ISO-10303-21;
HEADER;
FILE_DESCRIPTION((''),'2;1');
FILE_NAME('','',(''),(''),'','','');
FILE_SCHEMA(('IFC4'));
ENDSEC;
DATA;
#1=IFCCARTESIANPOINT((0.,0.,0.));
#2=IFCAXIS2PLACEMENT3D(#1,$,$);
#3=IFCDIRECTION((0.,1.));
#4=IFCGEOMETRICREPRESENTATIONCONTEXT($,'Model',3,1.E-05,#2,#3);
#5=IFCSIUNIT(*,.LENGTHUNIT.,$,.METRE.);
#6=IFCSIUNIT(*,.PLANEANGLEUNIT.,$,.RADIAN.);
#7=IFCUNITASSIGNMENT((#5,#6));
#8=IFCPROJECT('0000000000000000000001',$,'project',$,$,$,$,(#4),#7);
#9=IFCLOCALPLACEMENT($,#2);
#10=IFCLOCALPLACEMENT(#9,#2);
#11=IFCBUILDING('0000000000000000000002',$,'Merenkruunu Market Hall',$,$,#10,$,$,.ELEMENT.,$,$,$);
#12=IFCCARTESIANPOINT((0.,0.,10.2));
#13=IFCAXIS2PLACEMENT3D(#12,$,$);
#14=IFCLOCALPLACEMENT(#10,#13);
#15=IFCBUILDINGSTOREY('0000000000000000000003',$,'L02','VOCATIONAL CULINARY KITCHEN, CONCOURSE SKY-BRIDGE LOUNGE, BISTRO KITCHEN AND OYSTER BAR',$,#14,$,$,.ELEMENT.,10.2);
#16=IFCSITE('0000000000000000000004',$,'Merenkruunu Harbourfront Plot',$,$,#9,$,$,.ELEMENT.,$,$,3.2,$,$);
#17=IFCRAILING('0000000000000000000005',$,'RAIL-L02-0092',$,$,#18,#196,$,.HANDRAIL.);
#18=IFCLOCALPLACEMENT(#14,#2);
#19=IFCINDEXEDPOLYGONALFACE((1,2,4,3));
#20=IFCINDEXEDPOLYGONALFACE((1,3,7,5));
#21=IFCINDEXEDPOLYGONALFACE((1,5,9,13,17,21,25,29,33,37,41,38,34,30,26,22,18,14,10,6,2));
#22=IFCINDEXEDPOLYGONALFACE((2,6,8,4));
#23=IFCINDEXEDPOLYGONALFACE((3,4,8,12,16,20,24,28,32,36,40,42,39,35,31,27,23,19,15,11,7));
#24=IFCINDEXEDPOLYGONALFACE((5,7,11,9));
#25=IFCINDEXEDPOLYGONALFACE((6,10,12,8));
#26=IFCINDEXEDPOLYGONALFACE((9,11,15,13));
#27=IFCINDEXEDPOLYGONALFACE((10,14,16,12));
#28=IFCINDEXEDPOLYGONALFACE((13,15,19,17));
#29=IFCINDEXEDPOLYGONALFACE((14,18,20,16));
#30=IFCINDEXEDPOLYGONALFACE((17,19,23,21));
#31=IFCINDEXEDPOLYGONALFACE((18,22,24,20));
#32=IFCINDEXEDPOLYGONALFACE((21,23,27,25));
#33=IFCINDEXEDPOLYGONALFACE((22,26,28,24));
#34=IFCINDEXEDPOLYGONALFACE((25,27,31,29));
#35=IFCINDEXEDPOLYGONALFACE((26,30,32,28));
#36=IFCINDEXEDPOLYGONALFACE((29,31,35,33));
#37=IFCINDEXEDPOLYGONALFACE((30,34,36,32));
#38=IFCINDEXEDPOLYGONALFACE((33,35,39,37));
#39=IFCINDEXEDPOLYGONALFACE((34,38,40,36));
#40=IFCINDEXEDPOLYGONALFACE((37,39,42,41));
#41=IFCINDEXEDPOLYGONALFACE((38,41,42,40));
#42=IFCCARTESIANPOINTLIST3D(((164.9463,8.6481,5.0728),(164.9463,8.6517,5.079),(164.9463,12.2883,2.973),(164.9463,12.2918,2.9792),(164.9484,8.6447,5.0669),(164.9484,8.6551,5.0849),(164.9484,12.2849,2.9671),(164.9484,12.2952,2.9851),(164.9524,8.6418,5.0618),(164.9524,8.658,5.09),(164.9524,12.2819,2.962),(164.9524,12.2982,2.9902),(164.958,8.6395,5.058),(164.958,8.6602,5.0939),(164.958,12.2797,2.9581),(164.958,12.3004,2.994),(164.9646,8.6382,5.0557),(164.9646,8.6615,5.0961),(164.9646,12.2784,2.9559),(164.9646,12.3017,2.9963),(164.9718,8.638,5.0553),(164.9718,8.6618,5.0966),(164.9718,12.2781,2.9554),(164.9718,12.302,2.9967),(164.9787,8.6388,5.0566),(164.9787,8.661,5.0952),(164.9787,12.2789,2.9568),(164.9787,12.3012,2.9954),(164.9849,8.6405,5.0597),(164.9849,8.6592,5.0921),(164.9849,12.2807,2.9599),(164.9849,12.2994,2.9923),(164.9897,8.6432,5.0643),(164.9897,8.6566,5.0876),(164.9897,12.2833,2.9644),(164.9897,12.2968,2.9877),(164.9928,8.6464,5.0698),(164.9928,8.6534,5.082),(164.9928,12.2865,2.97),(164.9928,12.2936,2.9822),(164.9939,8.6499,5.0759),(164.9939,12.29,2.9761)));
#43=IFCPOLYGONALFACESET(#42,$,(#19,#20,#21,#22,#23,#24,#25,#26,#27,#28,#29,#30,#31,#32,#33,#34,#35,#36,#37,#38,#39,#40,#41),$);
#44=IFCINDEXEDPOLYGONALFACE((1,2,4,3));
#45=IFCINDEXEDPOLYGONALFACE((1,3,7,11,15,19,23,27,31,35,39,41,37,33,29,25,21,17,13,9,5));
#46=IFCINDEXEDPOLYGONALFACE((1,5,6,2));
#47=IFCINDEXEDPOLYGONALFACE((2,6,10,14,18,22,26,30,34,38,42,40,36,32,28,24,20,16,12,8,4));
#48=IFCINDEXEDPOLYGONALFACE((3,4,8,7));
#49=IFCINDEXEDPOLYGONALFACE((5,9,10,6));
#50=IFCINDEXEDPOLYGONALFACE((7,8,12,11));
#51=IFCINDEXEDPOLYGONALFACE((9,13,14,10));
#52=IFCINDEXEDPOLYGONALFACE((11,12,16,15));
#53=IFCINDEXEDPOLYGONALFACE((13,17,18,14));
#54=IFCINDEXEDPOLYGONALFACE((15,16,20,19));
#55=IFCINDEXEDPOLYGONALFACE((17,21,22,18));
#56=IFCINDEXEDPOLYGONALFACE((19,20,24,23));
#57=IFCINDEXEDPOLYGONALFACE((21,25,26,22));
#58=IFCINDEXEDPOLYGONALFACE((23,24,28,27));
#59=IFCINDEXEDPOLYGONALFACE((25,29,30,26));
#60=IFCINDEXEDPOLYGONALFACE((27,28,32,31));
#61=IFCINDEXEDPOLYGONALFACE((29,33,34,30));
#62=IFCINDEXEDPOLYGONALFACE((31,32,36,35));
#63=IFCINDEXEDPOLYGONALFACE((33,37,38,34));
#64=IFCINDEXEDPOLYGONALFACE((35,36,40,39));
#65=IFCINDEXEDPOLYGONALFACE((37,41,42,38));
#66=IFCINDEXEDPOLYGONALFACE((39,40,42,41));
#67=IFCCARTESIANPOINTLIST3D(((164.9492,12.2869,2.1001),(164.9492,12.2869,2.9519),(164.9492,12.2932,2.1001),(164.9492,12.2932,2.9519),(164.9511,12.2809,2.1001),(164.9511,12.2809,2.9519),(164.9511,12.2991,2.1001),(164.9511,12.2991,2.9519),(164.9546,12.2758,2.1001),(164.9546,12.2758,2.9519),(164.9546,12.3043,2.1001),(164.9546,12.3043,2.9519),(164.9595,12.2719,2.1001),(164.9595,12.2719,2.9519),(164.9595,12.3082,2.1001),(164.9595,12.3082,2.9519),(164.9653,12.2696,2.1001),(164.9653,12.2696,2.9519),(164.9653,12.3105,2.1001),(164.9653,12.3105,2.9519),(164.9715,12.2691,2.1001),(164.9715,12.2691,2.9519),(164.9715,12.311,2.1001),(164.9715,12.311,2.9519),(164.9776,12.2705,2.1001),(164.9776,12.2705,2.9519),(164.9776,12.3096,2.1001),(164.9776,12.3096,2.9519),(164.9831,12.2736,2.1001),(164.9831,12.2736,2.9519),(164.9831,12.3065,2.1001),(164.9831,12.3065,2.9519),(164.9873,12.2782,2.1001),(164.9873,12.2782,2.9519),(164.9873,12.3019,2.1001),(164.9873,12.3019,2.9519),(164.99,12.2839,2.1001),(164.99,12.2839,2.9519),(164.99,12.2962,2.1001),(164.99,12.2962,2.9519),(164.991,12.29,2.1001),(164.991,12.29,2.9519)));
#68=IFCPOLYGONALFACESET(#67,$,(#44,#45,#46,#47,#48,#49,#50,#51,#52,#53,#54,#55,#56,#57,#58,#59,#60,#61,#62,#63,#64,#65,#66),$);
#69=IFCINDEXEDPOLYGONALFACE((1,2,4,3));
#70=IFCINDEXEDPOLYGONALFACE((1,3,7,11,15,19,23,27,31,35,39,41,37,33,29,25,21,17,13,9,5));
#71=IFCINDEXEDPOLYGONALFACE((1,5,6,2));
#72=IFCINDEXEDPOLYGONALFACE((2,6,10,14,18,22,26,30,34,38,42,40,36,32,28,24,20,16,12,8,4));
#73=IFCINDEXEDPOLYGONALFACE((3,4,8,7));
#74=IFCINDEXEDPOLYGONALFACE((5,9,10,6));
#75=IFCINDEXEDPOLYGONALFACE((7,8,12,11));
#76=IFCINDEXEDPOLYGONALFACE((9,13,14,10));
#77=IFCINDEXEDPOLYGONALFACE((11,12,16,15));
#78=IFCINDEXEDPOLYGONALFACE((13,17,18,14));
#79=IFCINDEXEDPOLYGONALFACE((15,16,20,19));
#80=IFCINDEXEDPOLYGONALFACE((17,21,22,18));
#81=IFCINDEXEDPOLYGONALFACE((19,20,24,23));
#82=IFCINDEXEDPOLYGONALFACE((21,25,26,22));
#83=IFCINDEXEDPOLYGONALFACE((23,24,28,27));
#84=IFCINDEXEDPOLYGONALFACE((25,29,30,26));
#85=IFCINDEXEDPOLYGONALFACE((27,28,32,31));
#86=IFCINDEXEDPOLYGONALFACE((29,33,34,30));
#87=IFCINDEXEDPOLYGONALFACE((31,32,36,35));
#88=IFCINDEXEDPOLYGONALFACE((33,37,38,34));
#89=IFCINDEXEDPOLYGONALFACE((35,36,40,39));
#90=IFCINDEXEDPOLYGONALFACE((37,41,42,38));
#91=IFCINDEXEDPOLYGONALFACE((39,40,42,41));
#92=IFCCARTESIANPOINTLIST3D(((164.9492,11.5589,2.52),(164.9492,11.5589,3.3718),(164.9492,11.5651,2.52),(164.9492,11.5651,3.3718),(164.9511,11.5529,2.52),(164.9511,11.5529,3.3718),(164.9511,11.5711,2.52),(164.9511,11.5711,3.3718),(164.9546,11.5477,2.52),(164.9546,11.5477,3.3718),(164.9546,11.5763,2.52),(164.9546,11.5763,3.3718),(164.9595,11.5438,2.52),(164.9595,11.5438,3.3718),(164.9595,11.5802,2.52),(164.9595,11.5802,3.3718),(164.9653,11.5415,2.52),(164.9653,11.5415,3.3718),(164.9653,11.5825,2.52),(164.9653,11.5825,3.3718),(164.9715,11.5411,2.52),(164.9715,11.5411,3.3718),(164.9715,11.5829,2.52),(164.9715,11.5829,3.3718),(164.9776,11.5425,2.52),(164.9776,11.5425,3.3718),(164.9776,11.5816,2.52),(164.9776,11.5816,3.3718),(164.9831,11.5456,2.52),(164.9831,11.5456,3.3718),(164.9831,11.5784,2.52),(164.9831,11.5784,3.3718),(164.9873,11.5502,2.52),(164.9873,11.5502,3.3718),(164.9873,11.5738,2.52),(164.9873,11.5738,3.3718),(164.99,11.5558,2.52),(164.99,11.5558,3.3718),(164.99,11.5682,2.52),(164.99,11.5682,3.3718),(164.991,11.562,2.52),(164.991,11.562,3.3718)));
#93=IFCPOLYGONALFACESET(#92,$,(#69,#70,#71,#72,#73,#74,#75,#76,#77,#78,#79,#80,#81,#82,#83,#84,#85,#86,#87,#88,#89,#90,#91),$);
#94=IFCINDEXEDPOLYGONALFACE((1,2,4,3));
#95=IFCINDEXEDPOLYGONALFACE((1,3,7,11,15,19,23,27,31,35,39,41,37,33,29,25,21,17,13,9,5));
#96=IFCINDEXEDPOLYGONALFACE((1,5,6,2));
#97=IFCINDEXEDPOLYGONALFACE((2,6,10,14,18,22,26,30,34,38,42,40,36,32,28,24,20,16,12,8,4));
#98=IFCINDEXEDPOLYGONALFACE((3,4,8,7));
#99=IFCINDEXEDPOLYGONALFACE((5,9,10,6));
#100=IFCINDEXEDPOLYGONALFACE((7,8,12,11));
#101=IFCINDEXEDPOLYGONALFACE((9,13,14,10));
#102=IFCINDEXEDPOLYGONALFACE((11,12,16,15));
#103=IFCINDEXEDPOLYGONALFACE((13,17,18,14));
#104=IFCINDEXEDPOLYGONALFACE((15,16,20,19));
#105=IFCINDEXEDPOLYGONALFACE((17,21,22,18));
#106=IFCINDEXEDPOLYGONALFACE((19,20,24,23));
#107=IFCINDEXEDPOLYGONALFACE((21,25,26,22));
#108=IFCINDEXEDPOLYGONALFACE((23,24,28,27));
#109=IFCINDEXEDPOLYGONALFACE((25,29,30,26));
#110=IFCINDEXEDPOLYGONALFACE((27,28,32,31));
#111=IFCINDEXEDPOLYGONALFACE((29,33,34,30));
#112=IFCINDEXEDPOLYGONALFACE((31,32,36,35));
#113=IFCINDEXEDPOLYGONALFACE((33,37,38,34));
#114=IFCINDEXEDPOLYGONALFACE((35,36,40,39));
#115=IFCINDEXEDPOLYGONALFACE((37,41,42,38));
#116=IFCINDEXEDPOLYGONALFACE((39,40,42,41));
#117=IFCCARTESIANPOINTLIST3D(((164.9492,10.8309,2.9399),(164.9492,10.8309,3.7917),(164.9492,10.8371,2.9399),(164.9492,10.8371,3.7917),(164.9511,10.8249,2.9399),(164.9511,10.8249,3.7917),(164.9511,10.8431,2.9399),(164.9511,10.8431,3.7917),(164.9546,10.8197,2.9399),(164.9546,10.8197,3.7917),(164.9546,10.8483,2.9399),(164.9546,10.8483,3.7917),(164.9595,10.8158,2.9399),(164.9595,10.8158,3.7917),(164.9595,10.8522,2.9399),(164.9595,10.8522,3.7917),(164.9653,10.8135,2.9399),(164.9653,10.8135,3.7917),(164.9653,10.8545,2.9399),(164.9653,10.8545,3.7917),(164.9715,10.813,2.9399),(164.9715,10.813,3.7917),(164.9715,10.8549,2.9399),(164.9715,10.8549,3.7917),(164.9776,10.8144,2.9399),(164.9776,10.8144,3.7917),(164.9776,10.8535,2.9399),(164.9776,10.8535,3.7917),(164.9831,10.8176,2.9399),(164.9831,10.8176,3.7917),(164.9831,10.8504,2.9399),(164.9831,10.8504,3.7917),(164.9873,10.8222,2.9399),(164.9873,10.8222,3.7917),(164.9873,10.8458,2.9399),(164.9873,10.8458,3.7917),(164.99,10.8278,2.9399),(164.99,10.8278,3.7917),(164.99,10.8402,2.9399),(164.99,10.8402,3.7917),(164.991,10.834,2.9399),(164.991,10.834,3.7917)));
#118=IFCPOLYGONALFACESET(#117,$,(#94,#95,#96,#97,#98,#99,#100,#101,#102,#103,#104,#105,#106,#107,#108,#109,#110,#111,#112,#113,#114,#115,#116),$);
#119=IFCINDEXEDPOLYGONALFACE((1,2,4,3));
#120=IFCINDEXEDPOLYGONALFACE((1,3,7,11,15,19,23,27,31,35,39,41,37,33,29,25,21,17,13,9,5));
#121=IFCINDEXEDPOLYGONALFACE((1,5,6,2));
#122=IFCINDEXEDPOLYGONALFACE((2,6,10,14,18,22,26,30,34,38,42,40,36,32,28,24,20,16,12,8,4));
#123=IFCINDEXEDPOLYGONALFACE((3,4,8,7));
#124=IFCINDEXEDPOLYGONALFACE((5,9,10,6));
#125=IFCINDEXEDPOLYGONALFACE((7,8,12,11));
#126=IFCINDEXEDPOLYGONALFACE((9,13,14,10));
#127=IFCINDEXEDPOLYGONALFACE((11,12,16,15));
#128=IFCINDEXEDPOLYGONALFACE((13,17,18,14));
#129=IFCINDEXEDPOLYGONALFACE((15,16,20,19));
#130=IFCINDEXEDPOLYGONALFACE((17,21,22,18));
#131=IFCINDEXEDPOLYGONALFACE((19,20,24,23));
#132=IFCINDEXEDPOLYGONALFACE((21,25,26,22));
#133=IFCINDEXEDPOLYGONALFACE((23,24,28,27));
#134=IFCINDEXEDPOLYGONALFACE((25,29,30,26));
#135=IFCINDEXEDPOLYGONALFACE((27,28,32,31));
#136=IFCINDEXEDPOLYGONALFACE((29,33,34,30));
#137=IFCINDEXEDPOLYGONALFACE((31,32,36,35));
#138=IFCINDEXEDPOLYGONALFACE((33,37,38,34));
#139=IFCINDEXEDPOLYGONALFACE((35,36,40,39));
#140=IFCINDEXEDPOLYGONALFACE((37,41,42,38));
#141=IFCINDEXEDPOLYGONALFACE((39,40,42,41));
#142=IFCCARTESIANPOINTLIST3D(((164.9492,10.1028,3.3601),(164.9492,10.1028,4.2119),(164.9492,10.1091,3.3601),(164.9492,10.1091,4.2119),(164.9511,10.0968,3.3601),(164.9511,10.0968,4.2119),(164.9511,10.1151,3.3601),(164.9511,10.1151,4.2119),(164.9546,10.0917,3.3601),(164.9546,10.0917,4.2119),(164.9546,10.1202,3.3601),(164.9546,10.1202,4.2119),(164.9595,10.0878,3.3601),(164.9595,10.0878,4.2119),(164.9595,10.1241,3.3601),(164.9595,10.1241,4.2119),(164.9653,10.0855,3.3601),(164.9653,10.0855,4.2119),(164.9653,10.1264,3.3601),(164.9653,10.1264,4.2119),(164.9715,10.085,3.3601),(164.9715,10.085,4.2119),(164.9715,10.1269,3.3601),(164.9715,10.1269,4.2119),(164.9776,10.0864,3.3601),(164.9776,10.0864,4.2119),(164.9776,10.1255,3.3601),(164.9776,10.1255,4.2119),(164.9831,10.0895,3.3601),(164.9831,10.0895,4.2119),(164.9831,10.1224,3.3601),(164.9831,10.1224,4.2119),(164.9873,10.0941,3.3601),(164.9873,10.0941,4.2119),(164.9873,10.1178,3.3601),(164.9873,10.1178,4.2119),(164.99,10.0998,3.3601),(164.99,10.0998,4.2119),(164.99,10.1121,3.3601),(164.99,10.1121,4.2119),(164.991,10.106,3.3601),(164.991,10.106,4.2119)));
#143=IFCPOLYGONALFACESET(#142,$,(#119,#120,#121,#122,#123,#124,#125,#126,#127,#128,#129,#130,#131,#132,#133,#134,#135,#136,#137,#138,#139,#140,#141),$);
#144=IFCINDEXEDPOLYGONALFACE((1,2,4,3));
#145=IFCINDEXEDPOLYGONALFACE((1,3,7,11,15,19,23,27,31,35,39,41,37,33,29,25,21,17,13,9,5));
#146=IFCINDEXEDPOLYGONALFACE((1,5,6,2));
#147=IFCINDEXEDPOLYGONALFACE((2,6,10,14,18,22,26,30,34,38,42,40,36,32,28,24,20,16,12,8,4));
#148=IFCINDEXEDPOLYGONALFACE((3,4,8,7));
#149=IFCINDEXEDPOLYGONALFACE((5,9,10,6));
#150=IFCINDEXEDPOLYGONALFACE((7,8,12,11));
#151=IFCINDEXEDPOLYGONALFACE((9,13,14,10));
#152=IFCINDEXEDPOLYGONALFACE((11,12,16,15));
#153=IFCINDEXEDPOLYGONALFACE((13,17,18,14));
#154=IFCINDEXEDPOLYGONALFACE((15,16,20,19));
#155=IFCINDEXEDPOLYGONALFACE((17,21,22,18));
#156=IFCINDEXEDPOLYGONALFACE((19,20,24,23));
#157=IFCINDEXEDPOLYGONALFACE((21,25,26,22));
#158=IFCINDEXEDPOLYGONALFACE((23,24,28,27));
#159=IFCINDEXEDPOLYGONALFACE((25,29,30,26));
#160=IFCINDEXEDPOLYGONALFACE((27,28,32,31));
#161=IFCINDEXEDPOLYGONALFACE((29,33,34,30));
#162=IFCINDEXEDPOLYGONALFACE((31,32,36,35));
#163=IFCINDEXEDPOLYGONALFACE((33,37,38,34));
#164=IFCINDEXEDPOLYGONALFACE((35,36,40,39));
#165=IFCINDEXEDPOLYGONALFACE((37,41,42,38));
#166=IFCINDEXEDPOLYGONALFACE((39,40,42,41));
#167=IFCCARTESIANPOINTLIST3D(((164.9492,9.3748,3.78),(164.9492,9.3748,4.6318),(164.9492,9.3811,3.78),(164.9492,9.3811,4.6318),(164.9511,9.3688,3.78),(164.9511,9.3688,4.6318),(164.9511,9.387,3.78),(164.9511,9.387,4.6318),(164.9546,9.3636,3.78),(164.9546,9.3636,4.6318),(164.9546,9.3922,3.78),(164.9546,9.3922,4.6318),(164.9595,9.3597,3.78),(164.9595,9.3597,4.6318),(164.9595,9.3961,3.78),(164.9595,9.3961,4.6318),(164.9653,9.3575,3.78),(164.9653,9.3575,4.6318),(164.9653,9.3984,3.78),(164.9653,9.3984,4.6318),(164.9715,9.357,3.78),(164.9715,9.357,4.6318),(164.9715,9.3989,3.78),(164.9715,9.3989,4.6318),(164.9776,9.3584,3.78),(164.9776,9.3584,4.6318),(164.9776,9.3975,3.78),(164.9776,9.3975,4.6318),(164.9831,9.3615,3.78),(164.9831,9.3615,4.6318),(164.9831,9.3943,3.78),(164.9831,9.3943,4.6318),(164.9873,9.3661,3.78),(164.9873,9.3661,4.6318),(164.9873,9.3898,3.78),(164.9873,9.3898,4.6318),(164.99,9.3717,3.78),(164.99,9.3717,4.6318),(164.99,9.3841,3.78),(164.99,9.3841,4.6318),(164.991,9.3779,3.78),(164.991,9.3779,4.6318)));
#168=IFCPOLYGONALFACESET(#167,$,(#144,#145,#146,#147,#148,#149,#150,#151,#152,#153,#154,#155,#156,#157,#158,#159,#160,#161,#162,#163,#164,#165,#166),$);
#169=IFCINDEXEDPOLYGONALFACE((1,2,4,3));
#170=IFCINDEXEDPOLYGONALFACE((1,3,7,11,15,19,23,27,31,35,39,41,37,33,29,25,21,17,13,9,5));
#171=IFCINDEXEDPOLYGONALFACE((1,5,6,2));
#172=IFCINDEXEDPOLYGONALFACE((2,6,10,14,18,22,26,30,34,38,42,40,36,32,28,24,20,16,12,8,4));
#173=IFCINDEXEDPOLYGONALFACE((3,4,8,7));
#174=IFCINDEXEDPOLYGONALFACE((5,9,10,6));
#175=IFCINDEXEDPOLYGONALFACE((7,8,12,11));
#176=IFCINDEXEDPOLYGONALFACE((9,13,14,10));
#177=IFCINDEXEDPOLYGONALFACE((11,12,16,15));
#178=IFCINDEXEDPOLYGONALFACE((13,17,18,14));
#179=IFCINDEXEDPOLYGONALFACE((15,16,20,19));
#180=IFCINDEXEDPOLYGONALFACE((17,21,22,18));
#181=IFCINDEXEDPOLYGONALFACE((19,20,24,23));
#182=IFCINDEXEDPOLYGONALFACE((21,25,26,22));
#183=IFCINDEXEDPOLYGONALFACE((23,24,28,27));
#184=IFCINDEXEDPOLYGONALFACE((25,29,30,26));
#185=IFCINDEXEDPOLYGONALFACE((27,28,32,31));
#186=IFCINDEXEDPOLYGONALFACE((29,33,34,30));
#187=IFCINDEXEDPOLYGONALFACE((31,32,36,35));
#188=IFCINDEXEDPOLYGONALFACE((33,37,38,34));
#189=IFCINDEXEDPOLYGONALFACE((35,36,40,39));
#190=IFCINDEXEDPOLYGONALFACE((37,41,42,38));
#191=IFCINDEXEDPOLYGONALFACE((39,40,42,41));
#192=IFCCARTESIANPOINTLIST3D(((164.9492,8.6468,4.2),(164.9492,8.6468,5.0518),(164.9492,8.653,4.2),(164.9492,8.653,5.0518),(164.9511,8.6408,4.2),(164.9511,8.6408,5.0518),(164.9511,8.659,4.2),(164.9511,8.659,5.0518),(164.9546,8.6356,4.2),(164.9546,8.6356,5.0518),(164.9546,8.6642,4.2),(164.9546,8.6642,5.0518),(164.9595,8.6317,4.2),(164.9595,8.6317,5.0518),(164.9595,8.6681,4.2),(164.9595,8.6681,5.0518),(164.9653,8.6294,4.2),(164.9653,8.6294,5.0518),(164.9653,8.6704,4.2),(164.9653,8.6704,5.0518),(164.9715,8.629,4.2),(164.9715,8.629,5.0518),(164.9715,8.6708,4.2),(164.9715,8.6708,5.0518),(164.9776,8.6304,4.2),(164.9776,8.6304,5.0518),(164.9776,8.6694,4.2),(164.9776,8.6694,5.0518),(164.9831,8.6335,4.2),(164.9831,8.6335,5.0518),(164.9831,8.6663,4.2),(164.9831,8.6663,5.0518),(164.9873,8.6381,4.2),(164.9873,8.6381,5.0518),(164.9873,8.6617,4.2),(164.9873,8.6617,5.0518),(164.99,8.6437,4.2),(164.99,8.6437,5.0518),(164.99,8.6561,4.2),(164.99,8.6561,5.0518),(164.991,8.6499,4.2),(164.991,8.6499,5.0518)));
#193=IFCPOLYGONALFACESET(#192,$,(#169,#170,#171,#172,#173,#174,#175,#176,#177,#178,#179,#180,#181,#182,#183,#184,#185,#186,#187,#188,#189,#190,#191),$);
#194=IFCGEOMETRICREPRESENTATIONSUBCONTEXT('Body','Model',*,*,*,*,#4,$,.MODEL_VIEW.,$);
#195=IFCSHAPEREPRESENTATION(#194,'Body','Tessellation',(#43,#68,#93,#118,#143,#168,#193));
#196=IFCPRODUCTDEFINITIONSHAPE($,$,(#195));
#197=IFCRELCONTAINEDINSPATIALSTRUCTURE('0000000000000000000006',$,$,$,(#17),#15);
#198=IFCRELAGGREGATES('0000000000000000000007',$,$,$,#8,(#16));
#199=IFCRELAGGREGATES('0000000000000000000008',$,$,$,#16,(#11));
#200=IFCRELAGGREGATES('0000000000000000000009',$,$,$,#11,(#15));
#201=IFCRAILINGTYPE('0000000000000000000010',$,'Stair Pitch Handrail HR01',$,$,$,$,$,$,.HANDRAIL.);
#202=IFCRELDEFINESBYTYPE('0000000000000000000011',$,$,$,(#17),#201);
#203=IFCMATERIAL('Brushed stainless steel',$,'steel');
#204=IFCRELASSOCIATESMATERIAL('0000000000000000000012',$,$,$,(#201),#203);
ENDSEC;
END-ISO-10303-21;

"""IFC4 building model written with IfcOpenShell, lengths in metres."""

from ifc_helpers import new_model, si_unit, direction, frame, origin, origin_2d, place, context, subcontext, project, spatial, circle, extrude, material, type_object, element, save


model = new_model("IFC4")

# Units and contexts
model_context = context("Model", 3, precision=1e-05, world=origin(), true_north=direction((0.0, 1.0)))
body_context = subcontext(model_context, "Body", "Model", "MODEL_VIEW")
ifc_project = project(units=[si_unit("LENGTHUNIT", "METRE"), si_unit("PLANEANGLEUNIT", "RADIAN")], contexts=[model_context])

# Site, building, storey
site_placement = place(None, origin())
site = spatial("IfcSite", under=ifc_project, at=site_placement, Name="Merenkruunu Harbourfront Plot", CompositionType="ELEMENT", RefElevation=3.2)
building_placement = place(site_placement, origin())
building = spatial("IfcBuilding", under=site, at=building_placement, Name="Merenkruunu Market Hall", CompositionType="ELEMENT")
storey_placement = place(building_placement, frame((0.0, 0.0, 10.2)))
storey = spatial("IfcBuildingStorey", under=building, at=storey_placement, Name="L02", Description="VOCATIONAL CULINARY KITCHEN, CONCOURSE SKY-BRIDGE LOUNGE, BISTRO KITCHEN AND OYSTER BAR", CompositionType="ELEMENT", Elevation=10.2)

# Railing
ifc_material_1 = material(Name="Brushed stainless steel", Category="steel")
railing_type_1 = type_object("IfcRailingType", Name="Stair Pitch Handrail HR01", PredefinedType="HANDRAIL", material=ifc_material_1)
railing_1_placement = place(storey_placement, frame((164.97, 12.29, 2.1001)))
element("IfcRailing", 1, at=railing_1_placement, inside=storey, type_object=railing_type_1, Name="RAIL-L02-0092", PredefinedType="HANDRAIL", context=body_context, shape_type="SweptSolid", body=[
    extrude(circle(Radius=0.0239, at=origin_2d()), frame((0.0, 0.0, 0.876), z_axis=(0.0, -0.866209, 0.499682), x_axis=(1.0, 0.0, 0.0)), (0.0, 0.0, 1.0), 4.2024),
    extrude(circle(Radius=0.021, at=origin_2d()), origin(), (0.0, 0.0, 1.0), 0.8518),
    extrude(circle(Radius=0.021, at=origin_2d()), frame((0.0, -0.728, 0.4199)), (0.0, 0.0, 1.0), 0.8518),
    extrude(circle(Radius=0.021, at=origin_2d()), frame((0.0, -1.4561, 0.8398)), (0.0, 0.0, 1.0), 0.8518),
    extrude(circle(Radius=0.021, at=origin_2d()), frame((0.0, -2.1841, 1.26)), (0.0, 0.0, 1.0), 0.8518),
    extrude(circle(Radius=0.021, at=origin_2d()), frame((0.0, -2.9121, 1.6799)), (0.0, 0.0, 1.0), 0.8518),
    extrude(circle(Radius=0.021, at=origin_2d()), frame((0.0, -3.6401, 2.0999)), (0.0, 0.0, 1.0), 0.8518),
])

save(model, "model.ifc")
